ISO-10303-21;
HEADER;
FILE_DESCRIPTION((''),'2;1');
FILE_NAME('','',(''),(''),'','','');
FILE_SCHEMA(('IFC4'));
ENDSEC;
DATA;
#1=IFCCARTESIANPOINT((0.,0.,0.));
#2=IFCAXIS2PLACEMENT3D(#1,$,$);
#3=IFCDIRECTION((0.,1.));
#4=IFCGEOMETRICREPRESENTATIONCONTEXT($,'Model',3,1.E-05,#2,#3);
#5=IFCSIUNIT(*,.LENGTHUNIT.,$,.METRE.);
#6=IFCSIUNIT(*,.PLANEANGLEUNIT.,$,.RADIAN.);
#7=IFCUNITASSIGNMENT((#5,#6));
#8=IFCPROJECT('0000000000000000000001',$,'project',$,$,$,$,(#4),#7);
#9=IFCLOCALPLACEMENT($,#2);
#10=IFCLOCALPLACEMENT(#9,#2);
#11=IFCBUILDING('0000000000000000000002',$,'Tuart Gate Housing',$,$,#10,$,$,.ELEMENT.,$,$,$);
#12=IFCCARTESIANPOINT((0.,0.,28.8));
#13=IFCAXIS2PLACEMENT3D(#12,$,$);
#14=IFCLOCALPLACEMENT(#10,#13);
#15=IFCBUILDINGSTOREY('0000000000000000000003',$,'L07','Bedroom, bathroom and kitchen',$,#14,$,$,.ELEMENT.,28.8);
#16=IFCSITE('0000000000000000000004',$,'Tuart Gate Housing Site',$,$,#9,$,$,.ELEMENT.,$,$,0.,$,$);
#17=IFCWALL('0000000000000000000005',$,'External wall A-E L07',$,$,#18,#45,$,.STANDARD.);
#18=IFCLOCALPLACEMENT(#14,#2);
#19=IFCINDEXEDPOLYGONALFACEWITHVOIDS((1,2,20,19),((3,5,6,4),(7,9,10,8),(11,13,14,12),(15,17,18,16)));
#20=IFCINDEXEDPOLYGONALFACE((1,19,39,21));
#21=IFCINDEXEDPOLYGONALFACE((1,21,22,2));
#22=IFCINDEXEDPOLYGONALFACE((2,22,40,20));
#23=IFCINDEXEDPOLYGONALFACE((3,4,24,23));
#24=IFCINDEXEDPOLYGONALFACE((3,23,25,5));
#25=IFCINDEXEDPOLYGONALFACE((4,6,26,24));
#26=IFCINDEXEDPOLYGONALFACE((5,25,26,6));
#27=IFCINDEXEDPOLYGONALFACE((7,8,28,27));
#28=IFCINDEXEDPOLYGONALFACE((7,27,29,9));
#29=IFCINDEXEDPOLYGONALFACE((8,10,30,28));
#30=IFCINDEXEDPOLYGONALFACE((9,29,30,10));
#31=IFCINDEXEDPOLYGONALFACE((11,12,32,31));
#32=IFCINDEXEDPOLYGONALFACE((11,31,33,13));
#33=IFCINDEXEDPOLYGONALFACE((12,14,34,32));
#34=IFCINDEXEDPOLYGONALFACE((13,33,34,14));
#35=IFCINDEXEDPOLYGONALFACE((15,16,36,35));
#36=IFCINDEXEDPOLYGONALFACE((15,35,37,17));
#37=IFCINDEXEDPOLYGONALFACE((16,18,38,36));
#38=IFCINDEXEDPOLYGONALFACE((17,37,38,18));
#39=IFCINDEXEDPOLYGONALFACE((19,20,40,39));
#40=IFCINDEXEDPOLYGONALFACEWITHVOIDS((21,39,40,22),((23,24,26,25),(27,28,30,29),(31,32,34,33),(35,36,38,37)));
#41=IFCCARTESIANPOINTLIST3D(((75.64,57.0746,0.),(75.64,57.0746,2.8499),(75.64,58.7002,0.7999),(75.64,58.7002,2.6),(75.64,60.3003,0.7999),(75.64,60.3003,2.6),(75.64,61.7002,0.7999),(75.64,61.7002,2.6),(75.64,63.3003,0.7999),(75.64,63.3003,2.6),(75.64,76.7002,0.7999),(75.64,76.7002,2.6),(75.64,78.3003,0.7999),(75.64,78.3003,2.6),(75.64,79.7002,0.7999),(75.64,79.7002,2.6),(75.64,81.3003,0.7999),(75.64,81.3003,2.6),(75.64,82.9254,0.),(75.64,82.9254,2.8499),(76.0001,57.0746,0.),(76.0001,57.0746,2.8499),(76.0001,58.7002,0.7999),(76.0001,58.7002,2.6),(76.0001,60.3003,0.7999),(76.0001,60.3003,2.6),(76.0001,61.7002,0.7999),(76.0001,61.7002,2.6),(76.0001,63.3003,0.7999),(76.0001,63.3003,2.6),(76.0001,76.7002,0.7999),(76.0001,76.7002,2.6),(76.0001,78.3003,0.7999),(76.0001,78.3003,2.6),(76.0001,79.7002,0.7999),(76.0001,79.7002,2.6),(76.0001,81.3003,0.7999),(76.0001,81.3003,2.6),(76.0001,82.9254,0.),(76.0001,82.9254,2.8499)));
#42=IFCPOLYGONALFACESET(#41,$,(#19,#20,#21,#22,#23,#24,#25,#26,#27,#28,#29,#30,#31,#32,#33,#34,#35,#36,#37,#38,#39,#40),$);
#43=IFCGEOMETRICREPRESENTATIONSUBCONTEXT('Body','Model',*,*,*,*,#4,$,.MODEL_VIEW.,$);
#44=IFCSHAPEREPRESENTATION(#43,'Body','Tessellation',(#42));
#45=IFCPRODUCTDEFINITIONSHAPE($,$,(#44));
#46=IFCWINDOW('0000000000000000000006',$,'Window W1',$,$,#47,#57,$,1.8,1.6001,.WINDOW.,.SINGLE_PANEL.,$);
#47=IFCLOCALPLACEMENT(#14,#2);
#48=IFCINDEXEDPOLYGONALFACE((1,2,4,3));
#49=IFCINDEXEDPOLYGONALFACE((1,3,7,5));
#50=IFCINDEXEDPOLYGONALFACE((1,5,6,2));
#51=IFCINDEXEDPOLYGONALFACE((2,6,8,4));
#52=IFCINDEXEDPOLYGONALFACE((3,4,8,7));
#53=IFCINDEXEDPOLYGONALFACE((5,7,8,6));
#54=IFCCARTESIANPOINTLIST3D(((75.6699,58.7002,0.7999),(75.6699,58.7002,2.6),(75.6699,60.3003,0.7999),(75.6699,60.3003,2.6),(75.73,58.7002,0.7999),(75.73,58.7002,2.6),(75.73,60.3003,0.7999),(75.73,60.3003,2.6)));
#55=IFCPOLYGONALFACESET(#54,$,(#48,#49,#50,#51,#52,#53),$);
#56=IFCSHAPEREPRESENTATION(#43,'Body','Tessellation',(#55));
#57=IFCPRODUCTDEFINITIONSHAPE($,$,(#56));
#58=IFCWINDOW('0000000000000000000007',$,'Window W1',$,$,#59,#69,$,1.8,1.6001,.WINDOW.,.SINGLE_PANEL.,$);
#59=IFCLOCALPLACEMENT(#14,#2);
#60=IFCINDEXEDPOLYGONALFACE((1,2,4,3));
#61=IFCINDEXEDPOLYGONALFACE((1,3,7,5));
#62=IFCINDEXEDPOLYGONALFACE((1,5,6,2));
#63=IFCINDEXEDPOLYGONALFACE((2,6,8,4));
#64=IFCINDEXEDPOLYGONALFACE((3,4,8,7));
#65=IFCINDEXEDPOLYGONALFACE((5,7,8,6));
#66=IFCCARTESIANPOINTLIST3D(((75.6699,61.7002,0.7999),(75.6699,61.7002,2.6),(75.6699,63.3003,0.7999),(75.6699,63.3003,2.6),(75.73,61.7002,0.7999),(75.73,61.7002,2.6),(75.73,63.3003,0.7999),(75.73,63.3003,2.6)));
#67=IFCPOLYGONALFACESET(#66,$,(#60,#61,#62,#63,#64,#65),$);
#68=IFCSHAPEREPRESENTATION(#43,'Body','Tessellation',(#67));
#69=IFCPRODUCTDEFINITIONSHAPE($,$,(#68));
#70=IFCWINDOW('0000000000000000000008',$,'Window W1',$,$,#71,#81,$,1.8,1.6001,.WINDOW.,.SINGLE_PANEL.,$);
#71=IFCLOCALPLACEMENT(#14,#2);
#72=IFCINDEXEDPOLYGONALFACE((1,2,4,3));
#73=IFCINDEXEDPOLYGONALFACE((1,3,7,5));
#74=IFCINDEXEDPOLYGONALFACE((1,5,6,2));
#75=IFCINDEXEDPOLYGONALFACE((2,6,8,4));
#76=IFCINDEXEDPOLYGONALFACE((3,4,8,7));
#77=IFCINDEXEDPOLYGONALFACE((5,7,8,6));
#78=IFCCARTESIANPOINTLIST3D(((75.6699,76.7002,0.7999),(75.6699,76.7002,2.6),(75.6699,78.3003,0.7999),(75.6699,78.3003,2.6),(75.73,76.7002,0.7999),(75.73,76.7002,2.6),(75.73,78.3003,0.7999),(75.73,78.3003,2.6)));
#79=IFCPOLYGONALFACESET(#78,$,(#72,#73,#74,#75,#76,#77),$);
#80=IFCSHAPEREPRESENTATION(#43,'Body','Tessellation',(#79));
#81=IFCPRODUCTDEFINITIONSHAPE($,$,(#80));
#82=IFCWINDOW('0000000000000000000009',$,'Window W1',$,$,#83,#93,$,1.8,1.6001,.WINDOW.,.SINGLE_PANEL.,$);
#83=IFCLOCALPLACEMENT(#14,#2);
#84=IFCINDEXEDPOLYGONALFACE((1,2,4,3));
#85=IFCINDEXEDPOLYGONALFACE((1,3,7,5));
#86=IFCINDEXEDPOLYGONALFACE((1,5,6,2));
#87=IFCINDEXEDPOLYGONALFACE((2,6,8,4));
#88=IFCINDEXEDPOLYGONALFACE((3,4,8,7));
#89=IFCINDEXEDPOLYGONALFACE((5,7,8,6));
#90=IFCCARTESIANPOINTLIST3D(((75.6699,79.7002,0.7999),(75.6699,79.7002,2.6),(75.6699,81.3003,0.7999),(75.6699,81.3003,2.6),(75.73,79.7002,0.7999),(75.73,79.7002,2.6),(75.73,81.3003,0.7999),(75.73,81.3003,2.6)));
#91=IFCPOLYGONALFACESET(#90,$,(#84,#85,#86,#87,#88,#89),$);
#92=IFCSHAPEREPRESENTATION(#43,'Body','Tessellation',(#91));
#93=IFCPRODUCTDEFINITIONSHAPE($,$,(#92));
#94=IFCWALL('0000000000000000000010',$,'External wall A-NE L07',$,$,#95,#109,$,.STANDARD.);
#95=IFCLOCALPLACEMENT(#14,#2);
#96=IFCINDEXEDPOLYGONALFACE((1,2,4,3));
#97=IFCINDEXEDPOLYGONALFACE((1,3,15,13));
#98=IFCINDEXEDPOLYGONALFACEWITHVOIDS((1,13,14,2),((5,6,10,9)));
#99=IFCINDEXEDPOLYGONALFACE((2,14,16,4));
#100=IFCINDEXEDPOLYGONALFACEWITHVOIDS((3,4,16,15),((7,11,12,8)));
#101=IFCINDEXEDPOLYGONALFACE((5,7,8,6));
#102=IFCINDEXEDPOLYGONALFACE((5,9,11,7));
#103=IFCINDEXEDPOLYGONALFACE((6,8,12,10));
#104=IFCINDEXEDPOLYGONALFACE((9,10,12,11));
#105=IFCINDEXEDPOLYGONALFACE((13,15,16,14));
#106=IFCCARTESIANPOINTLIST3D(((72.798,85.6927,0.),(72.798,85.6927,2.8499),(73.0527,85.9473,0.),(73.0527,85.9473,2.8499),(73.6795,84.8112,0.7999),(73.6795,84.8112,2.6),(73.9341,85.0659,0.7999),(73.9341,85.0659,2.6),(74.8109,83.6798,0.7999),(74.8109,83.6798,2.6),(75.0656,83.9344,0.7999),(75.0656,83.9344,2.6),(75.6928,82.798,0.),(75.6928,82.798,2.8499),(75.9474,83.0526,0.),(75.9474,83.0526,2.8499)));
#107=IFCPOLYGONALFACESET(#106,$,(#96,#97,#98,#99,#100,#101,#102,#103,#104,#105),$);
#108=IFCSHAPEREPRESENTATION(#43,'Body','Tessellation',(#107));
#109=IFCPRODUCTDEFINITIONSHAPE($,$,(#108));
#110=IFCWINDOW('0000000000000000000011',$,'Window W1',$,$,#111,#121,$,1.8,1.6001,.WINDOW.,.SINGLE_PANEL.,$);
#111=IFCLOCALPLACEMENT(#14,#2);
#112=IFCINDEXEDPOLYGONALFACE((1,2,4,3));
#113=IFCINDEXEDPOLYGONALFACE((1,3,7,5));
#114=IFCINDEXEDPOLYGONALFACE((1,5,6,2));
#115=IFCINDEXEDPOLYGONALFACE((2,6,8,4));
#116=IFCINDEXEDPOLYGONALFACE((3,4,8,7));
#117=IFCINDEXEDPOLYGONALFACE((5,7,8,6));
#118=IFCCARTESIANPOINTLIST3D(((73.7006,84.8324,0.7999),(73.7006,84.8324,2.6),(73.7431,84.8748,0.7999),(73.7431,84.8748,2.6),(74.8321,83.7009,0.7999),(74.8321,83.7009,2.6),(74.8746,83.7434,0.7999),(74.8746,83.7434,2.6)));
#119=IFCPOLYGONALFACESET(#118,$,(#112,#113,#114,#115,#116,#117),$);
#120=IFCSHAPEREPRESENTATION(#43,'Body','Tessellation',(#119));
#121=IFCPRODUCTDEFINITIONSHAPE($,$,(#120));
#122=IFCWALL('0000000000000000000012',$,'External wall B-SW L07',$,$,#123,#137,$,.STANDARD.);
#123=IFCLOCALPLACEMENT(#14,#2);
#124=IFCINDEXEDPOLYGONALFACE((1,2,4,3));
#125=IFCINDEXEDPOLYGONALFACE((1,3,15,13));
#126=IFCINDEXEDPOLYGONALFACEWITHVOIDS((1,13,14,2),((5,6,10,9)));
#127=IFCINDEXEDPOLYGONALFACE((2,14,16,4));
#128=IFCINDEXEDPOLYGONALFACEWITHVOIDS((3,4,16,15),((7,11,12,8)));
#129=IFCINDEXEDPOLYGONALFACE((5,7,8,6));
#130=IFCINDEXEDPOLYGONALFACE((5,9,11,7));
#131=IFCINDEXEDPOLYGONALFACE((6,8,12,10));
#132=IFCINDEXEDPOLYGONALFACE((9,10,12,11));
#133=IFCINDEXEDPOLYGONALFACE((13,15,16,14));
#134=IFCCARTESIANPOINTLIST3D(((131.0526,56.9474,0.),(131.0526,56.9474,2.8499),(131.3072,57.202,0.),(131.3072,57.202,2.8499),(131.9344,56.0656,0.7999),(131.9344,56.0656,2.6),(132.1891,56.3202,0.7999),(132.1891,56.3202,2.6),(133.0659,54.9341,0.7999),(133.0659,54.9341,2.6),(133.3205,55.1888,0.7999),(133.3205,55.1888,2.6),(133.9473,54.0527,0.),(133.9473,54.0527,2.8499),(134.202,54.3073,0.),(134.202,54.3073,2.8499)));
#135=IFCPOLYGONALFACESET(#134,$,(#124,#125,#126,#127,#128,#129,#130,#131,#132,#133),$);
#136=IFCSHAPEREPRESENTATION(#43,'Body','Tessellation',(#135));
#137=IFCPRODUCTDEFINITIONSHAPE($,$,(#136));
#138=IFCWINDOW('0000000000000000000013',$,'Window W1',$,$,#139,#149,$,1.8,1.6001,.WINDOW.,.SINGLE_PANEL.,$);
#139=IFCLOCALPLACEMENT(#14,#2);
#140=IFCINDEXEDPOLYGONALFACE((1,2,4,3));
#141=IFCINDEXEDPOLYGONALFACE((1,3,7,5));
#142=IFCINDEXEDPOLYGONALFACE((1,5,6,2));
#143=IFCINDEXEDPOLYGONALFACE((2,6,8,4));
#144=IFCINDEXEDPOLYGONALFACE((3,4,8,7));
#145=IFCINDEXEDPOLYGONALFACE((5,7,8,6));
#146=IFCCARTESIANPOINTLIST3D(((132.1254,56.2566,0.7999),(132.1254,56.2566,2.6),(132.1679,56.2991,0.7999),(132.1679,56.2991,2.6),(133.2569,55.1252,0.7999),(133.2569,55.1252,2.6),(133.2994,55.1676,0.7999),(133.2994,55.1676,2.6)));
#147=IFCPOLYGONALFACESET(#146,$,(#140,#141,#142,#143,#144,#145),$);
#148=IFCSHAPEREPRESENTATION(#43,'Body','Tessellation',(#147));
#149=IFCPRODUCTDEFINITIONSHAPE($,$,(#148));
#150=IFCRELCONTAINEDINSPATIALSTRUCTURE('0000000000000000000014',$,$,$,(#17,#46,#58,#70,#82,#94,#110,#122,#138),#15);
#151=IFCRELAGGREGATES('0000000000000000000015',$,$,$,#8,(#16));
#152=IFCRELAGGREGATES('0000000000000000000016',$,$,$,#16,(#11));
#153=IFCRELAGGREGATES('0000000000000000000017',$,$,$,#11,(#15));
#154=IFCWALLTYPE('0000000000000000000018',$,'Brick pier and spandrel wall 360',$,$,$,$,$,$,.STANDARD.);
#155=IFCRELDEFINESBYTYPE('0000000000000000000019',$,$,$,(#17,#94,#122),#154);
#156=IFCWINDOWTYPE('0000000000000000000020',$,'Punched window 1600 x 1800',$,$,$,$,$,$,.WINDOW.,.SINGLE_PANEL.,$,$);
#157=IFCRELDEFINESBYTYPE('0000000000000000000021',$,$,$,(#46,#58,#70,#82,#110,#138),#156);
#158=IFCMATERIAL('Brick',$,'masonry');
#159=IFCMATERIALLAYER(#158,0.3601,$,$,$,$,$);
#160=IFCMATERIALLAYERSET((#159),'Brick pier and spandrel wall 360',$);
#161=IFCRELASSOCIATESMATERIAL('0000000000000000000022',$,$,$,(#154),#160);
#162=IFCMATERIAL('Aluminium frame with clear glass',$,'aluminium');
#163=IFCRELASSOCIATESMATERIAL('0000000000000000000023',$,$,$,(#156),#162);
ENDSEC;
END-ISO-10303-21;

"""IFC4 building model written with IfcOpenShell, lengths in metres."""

from ifc_helpers import new_model, si_unit, direction, frame, frame_2d, origin, place, context, subcontext, project, spatial, rectangle, extrude, material, layer, layer_set, type_object, element, fill, save


model = new_model("IFC4")

# Units and contexts
model_context = context("Model", 3, precision=1e-05, world=origin(), true_north=direction((0.0, 1.0)))
body_context = subcontext(model_context, "Body", "Model", "MODEL_VIEW")
ifc_project = project(units=[si_unit("LENGTHUNIT", "METRE"), si_unit("PLANEANGLEUNIT", "RADIAN")], contexts=[model_context])

# Site, building, storey
site_placement = place(None, origin())
site = spatial("IfcSite", under=ifc_project, at=site_placement, Name="Tuart Gate Housing Site", CompositionType="ELEMENT", RefElevation=0.0)
building_placement = place(site_placement, origin())
building = spatial("IfcBuilding", under=site, at=building_placement, Name="Tuart Gate Housing", CompositionType="ELEMENT")
storey_placement = place(building_placement, frame((0.0, 0.0, 28.8)))
storey = spatial("IfcBuildingStorey", under=building, at=storey_placement, Name="L07", Description="Bedroom, bathroom and kitchen", CompositionType="ELEMENT", Elevation=28.8)

# Shared definitions
ifc_material_1 = material(Name="Brick", Category="masonry")
ifc_layer_1 = layer(ifc_material_1, 0.3601)
ifc_layer_set_1 = layer_set([ifc_layer_1], Name="Brick pier and spandrel wall 360")
wall_type_1 = type_object("IfcWallType", Name="Brick pier and spandrel wall 360", PredefinedType="STANDARD", material=ifc_layer_set_1)
ifc_material_2 = material(Name="Aluminium frame with clear glass", Category="aluminium")
window_type = type_object("IfcWindowType", Name="Punched window 1600 x 1800", PartitioningType="SINGLE_PANEL", PredefinedType="WINDOW", material=ifc_material_2)

# Wall, openings, windows
wall_1_placement = place(storey_placement, frame((75.8201, 57.0747, 0.0), z_axis=(0.0, 0.0, 1.0), x_axis=(0.0, 1.0, 0.0)))
wall_1 = element("IfcWall", 1, at=wall_1_placement, inside=storey, type_object=wall_type_1, Name="External wall A-E L07", PredefinedType="STANDARD", context=body_context, shape_type="SweptSolid", body=[
    extrude(rectangle(XDim=25.8508, YDim=0.3601, at=frame_2d((12.9253, 0.0))), origin(), (0.0, 0.0, 1.0), 2.8499),
])
opening_1_placement = place(wall_1_placement, frame((1.6255, 0.0, 0.8)))
opening_1 = element("IfcOpeningElement", 2, at=opening_1_placement, cuts=wall_1, PredefinedType="OPENING", context=body_context, shape_type="SweptSolid", body=[
    extrude(rectangle(XDim=1.6001, YDim=1.8, at=frame_2d((0.8, 0.8999))), frame((0.0, 0.1899, 0.0), z_axis=(0.0, -1.0, 0.0), x_axis=(1.0, 0.0, 0.0)), (0.0, 0.0, 1.0), 0.3801),
])
opening_2_placement = place(wall_1_placement, frame((4.6255, 0.0, 0.8)))
opening_2 = element("IfcOpeningElement", 3, at=opening_2_placement, cuts=wall_1, PredefinedType="OPENING", context=body_context, shape_type="SweptSolid", body=[
    extrude(rectangle(XDim=1.6001, YDim=1.8, at=frame_2d((0.8, 0.8999))), frame((0.0, 0.1899, 0.0), z_axis=(0.0, -1.0, 0.0), x_axis=(1.0, 0.0, 0.0)), (0.0, 0.0, 1.0), 0.3801),
])
opening_3_placement = place(wall_1_placement, frame((19.6255, 0.0, 0.8)))
opening_3 = element("IfcOpeningElement", 4, at=opening_3_placement, cuts=wall_1, PredefinedType="OPENING", context=body_context, shape_type="SweptSolid", body=[
    extrude(rectangle(XDim=1.6001, YDim=1.8, at=frame_2d((0.8, 0.8999))), frame((0.0, 0.1899, 0.0), z_axis=(0.0, -1.0, 0.0), x_axis=(1.0, 0.0, 0.0)), (0.0, 0.0, 1.0), 0.3801),
])
opening_4_placement = place(wall_1_placement, frame((22.6255, 0.0, 0.8)))
opening_4 = element("IfcOpeningElement", 5, at=opening_4_placement, cuts=wall_1, PredefinedType="OPENING", context=body_context, shape_type="SweptSolid", body=[
    extrude(rectangle(XDim=1.6001, YDim=1.8, at=frame_2d((0.8, 0.8999))), frame((0.0, 0.1899, 0.0), z_axis=(0.0, -1.0, 0.0), x_axis=(1.0, 0.0, 0.0)), (0.0, 0.0, 1.0), 0.3801),
])
window_1_placement = place(opening_1_placement, origin())
window_1 = element("IfcWindow", 6, at=window_1_placement, inside=storey, type_object=window_type, Name="Window W1", OverallHeight=1.8, OverallWidth=1.6001, PartitioningType="SINGLE_PANEL", PredefinedType="WINDOW", context=body_context, shape_type="SweptSolid", body=[
    extrude(rectangle(XDim=1.6001, YDim=1.8, at=frame_2d((0.8, 0.8999))), frame((0.0, 0.1501, 0.0), z_axis=(0.0, -1.0, 0.0), x_axis=(1.0, 0.0, 0.0)), (0.0, 0.0, 1.0), 0.0601),
])
fill(opening_1, window_1)
window_2_placement = place(opening_2_placement, origin())
window_2 = element("IfcWindow", 7, at=window_2_placement, inside=storey, type_object=window_type, Name="Window W1", OverallHeight=1.8, OverallWidth=1.6001, PartitioningType="SINGLE_PANEL", PredefinedType="WINDOW", context=body_context, shape_type="SweptSolid", body=[
    extrude(rectangle(XDim=1.6001, YDim=1.8, at=frame_2d((0.8, 0.8999))), frame((0.0, 0.1501, 0.0), z_axis=(0.0, -1.0, 0.0), x_axis=(1.0, 0.0, 0.0)), (0.0, 0.0, 1.0), 0.0601),
])
fill(opening_2, window_2)
window_3_placement = place(opening_3_placement, origin())
window_3 = element("IfcWindow", 8, at=window_3_placement, inside=storey, type_object=window_type, Name="Window W1", OverallHeight=1.8, OverallWidth=1.6001, PartitioningType="SINGLE_PANEL", PredefinedType="WINDOW", context=body_context, shape_type="SweptSolid", body=[
    extrude(rectangle(XDim=1.6001, YDim=1.8, at=frame_2d((0.8, 0.8999))), frame((0.0, 0.1501, 0.0), z_axis=(0.0, -1.0, 0.0), x_axis=(1.0, 0.0, 0.0)), (0.0, 0.0, 1.0), 0.0601),
])
fill(opening_3, window_3)
window_4_placement = place(opening_4_placement, origin())
window_4 = element("IfcWindow", 9, at=window_4_placement, inside=storey, type_object=window_type, Name="Window W1", OverallHeight=1.8, OverallWidth=1.6001, PartitioningType="SINGLE_PANEL", PredefinedType="WINDOW", context=body_context, shape_type="SweptSolid", body=[
    extrude(rectangle(XDim=1.6001, YDim=1.8, at=frame_2d((0.8, 0.8999))), frame((0.0, 0.1501, 0.0), z_axis=(0.0, -1.0, 0.0), x_axis=(1.0, 0.0, 0.0)), (0.0, 0.0, 1.0), 0.0601),
])
fill(opening_4, window_4)

# Walls, openings, windows
wall_2_placement = place(storey_placement, frame((75.8201, 82.9253, 0.0), z_axis=(0.0, 0.0, 1.0), x_axis=(-0.707107, 0.707107, 0.0)))
wall_2 = element("IfcWall", 10, at=wall_2_placement, inside=storey, type_object=wall_type_1, Name="External wall A-NE L07", PredefinedType="STANDARD", context=body_context, shape_type="SweptSolid", body=[
    extrude(rectangle(XDim=4.0938, YDim=0.3601, at=frame_2d((2.0469, 0.0))), origin(), (0.0, 0.0, 1.0), 2.8499),
])
opening_5_placement = place(wall_2_placement, frame((1.2471, 0.0, 0.8)))
opening_5 = element("IfcOpeningElement", 11, at=opening_5_placement, cuts=wall_2, PredefinedType="OPENING", context=body_context, shape_type="SweptSolid", body=[
    extrude(rectangle(XDim=1.6001, YDim=1.8, at=frame_2d((0.8, 0.8999))), frame((0.0, 0.1899, 0.0), z_axis=(0.0, -1.0, 0.0), x_axis=(1.0, 0.0, 0.0)), (0.0, 0.0, 1.0), 0.3801),
])
window_5_placement = place(opening_5_placement, origin())
window_5 = element("IfcWindow", 12, at=window_5_placement, inside=storey, type_object=window_type, Name="Window W1", OverallHeight=1.8, OverallWidth=1.6001, PartitioningType="SINGLE_PANEL", PredefinedType="WINDOW", context=body_context, shape_type="SweptSolid", body=[
    extrude(rectangle(XDim=1.6001, YDim=1.8, at=frame_2d((0.8, 0.8999))), frame((0.0, 0.1501, 0.0), z_axis=(0.0, -1.0, 0.0), x_axis=(1.0, 0.0, 0.0)), (0.0, 0.0, 1.0), 0.0601),
])
fill(opening_5, window_5)
wall_3_placement = place(storey_placement, frame((131.1799, 57.0747, 0.0), z_axis=(0.0, 0.0, 1.0), x_axis=(0.707107, -0.707107, 0.0)))
wall_3 = element("IfcWall", 13, at=wall_3_placement, inside=storey, type_object=wall_type_1, Name="External wall B-SW L07", PredefinedType="STANDARD", context=body_context, shape_type="SweptSolid", body=[
    extrude(rectangle(XDim=4.0938, YDim=0.3601, at=frame_2d((2.0469, 0.0))), origin(), (0.0, 0.0, 1.0), 2.8499),
])
opening_6_placement = place(wall_3_placement, frame((1.2471, 0.0, 0.8)))
opening_6 = element("IfcOpeningElement", 14, at=opening_6_placement, cuts=wall_3, PredefinedType="OPENING", context=body_context, shape_type="SweptSolid", body=[
    extrude(rectangle(XDim=1.6001, YDim=1.8, at=frame_2d((0.8, 0.8999))), frame((0.0, 0.1899, 0.0), z_axis=(0.0, -1.0, 0.0), x_axis=(1.0, 0.0, 0.0)), (0.0, 0.0, 1.0), 0.3801),
])
window_6_placement = place(opening_6_placement, origin())
window_6 = element("IfcWindow", 15, at=window_6_placement, inside=storey, type_object=window_type, Name="Window W1", OverallHeight=1.8, OverallWidth=1.6001, PartitioningType="SINGLE_PANEL", PredefinedType="WINDOW", context=body_context, shape_type="SweptSolid", body=[
    extrude(rectangle(XDim=1.6001, YDim=1.8, at=frame_2d((0.8, 0.8999))), frame((0.0, 0.1501, 0.0), z_axis=(0.0, -1.0, 0.0), x_axis=(1.0, 0.0, 0.0)), (0.0, 0.0, 1.0), 0.0601),
])
fill(opening_6, window_6)

save(model, "model.ifc")
